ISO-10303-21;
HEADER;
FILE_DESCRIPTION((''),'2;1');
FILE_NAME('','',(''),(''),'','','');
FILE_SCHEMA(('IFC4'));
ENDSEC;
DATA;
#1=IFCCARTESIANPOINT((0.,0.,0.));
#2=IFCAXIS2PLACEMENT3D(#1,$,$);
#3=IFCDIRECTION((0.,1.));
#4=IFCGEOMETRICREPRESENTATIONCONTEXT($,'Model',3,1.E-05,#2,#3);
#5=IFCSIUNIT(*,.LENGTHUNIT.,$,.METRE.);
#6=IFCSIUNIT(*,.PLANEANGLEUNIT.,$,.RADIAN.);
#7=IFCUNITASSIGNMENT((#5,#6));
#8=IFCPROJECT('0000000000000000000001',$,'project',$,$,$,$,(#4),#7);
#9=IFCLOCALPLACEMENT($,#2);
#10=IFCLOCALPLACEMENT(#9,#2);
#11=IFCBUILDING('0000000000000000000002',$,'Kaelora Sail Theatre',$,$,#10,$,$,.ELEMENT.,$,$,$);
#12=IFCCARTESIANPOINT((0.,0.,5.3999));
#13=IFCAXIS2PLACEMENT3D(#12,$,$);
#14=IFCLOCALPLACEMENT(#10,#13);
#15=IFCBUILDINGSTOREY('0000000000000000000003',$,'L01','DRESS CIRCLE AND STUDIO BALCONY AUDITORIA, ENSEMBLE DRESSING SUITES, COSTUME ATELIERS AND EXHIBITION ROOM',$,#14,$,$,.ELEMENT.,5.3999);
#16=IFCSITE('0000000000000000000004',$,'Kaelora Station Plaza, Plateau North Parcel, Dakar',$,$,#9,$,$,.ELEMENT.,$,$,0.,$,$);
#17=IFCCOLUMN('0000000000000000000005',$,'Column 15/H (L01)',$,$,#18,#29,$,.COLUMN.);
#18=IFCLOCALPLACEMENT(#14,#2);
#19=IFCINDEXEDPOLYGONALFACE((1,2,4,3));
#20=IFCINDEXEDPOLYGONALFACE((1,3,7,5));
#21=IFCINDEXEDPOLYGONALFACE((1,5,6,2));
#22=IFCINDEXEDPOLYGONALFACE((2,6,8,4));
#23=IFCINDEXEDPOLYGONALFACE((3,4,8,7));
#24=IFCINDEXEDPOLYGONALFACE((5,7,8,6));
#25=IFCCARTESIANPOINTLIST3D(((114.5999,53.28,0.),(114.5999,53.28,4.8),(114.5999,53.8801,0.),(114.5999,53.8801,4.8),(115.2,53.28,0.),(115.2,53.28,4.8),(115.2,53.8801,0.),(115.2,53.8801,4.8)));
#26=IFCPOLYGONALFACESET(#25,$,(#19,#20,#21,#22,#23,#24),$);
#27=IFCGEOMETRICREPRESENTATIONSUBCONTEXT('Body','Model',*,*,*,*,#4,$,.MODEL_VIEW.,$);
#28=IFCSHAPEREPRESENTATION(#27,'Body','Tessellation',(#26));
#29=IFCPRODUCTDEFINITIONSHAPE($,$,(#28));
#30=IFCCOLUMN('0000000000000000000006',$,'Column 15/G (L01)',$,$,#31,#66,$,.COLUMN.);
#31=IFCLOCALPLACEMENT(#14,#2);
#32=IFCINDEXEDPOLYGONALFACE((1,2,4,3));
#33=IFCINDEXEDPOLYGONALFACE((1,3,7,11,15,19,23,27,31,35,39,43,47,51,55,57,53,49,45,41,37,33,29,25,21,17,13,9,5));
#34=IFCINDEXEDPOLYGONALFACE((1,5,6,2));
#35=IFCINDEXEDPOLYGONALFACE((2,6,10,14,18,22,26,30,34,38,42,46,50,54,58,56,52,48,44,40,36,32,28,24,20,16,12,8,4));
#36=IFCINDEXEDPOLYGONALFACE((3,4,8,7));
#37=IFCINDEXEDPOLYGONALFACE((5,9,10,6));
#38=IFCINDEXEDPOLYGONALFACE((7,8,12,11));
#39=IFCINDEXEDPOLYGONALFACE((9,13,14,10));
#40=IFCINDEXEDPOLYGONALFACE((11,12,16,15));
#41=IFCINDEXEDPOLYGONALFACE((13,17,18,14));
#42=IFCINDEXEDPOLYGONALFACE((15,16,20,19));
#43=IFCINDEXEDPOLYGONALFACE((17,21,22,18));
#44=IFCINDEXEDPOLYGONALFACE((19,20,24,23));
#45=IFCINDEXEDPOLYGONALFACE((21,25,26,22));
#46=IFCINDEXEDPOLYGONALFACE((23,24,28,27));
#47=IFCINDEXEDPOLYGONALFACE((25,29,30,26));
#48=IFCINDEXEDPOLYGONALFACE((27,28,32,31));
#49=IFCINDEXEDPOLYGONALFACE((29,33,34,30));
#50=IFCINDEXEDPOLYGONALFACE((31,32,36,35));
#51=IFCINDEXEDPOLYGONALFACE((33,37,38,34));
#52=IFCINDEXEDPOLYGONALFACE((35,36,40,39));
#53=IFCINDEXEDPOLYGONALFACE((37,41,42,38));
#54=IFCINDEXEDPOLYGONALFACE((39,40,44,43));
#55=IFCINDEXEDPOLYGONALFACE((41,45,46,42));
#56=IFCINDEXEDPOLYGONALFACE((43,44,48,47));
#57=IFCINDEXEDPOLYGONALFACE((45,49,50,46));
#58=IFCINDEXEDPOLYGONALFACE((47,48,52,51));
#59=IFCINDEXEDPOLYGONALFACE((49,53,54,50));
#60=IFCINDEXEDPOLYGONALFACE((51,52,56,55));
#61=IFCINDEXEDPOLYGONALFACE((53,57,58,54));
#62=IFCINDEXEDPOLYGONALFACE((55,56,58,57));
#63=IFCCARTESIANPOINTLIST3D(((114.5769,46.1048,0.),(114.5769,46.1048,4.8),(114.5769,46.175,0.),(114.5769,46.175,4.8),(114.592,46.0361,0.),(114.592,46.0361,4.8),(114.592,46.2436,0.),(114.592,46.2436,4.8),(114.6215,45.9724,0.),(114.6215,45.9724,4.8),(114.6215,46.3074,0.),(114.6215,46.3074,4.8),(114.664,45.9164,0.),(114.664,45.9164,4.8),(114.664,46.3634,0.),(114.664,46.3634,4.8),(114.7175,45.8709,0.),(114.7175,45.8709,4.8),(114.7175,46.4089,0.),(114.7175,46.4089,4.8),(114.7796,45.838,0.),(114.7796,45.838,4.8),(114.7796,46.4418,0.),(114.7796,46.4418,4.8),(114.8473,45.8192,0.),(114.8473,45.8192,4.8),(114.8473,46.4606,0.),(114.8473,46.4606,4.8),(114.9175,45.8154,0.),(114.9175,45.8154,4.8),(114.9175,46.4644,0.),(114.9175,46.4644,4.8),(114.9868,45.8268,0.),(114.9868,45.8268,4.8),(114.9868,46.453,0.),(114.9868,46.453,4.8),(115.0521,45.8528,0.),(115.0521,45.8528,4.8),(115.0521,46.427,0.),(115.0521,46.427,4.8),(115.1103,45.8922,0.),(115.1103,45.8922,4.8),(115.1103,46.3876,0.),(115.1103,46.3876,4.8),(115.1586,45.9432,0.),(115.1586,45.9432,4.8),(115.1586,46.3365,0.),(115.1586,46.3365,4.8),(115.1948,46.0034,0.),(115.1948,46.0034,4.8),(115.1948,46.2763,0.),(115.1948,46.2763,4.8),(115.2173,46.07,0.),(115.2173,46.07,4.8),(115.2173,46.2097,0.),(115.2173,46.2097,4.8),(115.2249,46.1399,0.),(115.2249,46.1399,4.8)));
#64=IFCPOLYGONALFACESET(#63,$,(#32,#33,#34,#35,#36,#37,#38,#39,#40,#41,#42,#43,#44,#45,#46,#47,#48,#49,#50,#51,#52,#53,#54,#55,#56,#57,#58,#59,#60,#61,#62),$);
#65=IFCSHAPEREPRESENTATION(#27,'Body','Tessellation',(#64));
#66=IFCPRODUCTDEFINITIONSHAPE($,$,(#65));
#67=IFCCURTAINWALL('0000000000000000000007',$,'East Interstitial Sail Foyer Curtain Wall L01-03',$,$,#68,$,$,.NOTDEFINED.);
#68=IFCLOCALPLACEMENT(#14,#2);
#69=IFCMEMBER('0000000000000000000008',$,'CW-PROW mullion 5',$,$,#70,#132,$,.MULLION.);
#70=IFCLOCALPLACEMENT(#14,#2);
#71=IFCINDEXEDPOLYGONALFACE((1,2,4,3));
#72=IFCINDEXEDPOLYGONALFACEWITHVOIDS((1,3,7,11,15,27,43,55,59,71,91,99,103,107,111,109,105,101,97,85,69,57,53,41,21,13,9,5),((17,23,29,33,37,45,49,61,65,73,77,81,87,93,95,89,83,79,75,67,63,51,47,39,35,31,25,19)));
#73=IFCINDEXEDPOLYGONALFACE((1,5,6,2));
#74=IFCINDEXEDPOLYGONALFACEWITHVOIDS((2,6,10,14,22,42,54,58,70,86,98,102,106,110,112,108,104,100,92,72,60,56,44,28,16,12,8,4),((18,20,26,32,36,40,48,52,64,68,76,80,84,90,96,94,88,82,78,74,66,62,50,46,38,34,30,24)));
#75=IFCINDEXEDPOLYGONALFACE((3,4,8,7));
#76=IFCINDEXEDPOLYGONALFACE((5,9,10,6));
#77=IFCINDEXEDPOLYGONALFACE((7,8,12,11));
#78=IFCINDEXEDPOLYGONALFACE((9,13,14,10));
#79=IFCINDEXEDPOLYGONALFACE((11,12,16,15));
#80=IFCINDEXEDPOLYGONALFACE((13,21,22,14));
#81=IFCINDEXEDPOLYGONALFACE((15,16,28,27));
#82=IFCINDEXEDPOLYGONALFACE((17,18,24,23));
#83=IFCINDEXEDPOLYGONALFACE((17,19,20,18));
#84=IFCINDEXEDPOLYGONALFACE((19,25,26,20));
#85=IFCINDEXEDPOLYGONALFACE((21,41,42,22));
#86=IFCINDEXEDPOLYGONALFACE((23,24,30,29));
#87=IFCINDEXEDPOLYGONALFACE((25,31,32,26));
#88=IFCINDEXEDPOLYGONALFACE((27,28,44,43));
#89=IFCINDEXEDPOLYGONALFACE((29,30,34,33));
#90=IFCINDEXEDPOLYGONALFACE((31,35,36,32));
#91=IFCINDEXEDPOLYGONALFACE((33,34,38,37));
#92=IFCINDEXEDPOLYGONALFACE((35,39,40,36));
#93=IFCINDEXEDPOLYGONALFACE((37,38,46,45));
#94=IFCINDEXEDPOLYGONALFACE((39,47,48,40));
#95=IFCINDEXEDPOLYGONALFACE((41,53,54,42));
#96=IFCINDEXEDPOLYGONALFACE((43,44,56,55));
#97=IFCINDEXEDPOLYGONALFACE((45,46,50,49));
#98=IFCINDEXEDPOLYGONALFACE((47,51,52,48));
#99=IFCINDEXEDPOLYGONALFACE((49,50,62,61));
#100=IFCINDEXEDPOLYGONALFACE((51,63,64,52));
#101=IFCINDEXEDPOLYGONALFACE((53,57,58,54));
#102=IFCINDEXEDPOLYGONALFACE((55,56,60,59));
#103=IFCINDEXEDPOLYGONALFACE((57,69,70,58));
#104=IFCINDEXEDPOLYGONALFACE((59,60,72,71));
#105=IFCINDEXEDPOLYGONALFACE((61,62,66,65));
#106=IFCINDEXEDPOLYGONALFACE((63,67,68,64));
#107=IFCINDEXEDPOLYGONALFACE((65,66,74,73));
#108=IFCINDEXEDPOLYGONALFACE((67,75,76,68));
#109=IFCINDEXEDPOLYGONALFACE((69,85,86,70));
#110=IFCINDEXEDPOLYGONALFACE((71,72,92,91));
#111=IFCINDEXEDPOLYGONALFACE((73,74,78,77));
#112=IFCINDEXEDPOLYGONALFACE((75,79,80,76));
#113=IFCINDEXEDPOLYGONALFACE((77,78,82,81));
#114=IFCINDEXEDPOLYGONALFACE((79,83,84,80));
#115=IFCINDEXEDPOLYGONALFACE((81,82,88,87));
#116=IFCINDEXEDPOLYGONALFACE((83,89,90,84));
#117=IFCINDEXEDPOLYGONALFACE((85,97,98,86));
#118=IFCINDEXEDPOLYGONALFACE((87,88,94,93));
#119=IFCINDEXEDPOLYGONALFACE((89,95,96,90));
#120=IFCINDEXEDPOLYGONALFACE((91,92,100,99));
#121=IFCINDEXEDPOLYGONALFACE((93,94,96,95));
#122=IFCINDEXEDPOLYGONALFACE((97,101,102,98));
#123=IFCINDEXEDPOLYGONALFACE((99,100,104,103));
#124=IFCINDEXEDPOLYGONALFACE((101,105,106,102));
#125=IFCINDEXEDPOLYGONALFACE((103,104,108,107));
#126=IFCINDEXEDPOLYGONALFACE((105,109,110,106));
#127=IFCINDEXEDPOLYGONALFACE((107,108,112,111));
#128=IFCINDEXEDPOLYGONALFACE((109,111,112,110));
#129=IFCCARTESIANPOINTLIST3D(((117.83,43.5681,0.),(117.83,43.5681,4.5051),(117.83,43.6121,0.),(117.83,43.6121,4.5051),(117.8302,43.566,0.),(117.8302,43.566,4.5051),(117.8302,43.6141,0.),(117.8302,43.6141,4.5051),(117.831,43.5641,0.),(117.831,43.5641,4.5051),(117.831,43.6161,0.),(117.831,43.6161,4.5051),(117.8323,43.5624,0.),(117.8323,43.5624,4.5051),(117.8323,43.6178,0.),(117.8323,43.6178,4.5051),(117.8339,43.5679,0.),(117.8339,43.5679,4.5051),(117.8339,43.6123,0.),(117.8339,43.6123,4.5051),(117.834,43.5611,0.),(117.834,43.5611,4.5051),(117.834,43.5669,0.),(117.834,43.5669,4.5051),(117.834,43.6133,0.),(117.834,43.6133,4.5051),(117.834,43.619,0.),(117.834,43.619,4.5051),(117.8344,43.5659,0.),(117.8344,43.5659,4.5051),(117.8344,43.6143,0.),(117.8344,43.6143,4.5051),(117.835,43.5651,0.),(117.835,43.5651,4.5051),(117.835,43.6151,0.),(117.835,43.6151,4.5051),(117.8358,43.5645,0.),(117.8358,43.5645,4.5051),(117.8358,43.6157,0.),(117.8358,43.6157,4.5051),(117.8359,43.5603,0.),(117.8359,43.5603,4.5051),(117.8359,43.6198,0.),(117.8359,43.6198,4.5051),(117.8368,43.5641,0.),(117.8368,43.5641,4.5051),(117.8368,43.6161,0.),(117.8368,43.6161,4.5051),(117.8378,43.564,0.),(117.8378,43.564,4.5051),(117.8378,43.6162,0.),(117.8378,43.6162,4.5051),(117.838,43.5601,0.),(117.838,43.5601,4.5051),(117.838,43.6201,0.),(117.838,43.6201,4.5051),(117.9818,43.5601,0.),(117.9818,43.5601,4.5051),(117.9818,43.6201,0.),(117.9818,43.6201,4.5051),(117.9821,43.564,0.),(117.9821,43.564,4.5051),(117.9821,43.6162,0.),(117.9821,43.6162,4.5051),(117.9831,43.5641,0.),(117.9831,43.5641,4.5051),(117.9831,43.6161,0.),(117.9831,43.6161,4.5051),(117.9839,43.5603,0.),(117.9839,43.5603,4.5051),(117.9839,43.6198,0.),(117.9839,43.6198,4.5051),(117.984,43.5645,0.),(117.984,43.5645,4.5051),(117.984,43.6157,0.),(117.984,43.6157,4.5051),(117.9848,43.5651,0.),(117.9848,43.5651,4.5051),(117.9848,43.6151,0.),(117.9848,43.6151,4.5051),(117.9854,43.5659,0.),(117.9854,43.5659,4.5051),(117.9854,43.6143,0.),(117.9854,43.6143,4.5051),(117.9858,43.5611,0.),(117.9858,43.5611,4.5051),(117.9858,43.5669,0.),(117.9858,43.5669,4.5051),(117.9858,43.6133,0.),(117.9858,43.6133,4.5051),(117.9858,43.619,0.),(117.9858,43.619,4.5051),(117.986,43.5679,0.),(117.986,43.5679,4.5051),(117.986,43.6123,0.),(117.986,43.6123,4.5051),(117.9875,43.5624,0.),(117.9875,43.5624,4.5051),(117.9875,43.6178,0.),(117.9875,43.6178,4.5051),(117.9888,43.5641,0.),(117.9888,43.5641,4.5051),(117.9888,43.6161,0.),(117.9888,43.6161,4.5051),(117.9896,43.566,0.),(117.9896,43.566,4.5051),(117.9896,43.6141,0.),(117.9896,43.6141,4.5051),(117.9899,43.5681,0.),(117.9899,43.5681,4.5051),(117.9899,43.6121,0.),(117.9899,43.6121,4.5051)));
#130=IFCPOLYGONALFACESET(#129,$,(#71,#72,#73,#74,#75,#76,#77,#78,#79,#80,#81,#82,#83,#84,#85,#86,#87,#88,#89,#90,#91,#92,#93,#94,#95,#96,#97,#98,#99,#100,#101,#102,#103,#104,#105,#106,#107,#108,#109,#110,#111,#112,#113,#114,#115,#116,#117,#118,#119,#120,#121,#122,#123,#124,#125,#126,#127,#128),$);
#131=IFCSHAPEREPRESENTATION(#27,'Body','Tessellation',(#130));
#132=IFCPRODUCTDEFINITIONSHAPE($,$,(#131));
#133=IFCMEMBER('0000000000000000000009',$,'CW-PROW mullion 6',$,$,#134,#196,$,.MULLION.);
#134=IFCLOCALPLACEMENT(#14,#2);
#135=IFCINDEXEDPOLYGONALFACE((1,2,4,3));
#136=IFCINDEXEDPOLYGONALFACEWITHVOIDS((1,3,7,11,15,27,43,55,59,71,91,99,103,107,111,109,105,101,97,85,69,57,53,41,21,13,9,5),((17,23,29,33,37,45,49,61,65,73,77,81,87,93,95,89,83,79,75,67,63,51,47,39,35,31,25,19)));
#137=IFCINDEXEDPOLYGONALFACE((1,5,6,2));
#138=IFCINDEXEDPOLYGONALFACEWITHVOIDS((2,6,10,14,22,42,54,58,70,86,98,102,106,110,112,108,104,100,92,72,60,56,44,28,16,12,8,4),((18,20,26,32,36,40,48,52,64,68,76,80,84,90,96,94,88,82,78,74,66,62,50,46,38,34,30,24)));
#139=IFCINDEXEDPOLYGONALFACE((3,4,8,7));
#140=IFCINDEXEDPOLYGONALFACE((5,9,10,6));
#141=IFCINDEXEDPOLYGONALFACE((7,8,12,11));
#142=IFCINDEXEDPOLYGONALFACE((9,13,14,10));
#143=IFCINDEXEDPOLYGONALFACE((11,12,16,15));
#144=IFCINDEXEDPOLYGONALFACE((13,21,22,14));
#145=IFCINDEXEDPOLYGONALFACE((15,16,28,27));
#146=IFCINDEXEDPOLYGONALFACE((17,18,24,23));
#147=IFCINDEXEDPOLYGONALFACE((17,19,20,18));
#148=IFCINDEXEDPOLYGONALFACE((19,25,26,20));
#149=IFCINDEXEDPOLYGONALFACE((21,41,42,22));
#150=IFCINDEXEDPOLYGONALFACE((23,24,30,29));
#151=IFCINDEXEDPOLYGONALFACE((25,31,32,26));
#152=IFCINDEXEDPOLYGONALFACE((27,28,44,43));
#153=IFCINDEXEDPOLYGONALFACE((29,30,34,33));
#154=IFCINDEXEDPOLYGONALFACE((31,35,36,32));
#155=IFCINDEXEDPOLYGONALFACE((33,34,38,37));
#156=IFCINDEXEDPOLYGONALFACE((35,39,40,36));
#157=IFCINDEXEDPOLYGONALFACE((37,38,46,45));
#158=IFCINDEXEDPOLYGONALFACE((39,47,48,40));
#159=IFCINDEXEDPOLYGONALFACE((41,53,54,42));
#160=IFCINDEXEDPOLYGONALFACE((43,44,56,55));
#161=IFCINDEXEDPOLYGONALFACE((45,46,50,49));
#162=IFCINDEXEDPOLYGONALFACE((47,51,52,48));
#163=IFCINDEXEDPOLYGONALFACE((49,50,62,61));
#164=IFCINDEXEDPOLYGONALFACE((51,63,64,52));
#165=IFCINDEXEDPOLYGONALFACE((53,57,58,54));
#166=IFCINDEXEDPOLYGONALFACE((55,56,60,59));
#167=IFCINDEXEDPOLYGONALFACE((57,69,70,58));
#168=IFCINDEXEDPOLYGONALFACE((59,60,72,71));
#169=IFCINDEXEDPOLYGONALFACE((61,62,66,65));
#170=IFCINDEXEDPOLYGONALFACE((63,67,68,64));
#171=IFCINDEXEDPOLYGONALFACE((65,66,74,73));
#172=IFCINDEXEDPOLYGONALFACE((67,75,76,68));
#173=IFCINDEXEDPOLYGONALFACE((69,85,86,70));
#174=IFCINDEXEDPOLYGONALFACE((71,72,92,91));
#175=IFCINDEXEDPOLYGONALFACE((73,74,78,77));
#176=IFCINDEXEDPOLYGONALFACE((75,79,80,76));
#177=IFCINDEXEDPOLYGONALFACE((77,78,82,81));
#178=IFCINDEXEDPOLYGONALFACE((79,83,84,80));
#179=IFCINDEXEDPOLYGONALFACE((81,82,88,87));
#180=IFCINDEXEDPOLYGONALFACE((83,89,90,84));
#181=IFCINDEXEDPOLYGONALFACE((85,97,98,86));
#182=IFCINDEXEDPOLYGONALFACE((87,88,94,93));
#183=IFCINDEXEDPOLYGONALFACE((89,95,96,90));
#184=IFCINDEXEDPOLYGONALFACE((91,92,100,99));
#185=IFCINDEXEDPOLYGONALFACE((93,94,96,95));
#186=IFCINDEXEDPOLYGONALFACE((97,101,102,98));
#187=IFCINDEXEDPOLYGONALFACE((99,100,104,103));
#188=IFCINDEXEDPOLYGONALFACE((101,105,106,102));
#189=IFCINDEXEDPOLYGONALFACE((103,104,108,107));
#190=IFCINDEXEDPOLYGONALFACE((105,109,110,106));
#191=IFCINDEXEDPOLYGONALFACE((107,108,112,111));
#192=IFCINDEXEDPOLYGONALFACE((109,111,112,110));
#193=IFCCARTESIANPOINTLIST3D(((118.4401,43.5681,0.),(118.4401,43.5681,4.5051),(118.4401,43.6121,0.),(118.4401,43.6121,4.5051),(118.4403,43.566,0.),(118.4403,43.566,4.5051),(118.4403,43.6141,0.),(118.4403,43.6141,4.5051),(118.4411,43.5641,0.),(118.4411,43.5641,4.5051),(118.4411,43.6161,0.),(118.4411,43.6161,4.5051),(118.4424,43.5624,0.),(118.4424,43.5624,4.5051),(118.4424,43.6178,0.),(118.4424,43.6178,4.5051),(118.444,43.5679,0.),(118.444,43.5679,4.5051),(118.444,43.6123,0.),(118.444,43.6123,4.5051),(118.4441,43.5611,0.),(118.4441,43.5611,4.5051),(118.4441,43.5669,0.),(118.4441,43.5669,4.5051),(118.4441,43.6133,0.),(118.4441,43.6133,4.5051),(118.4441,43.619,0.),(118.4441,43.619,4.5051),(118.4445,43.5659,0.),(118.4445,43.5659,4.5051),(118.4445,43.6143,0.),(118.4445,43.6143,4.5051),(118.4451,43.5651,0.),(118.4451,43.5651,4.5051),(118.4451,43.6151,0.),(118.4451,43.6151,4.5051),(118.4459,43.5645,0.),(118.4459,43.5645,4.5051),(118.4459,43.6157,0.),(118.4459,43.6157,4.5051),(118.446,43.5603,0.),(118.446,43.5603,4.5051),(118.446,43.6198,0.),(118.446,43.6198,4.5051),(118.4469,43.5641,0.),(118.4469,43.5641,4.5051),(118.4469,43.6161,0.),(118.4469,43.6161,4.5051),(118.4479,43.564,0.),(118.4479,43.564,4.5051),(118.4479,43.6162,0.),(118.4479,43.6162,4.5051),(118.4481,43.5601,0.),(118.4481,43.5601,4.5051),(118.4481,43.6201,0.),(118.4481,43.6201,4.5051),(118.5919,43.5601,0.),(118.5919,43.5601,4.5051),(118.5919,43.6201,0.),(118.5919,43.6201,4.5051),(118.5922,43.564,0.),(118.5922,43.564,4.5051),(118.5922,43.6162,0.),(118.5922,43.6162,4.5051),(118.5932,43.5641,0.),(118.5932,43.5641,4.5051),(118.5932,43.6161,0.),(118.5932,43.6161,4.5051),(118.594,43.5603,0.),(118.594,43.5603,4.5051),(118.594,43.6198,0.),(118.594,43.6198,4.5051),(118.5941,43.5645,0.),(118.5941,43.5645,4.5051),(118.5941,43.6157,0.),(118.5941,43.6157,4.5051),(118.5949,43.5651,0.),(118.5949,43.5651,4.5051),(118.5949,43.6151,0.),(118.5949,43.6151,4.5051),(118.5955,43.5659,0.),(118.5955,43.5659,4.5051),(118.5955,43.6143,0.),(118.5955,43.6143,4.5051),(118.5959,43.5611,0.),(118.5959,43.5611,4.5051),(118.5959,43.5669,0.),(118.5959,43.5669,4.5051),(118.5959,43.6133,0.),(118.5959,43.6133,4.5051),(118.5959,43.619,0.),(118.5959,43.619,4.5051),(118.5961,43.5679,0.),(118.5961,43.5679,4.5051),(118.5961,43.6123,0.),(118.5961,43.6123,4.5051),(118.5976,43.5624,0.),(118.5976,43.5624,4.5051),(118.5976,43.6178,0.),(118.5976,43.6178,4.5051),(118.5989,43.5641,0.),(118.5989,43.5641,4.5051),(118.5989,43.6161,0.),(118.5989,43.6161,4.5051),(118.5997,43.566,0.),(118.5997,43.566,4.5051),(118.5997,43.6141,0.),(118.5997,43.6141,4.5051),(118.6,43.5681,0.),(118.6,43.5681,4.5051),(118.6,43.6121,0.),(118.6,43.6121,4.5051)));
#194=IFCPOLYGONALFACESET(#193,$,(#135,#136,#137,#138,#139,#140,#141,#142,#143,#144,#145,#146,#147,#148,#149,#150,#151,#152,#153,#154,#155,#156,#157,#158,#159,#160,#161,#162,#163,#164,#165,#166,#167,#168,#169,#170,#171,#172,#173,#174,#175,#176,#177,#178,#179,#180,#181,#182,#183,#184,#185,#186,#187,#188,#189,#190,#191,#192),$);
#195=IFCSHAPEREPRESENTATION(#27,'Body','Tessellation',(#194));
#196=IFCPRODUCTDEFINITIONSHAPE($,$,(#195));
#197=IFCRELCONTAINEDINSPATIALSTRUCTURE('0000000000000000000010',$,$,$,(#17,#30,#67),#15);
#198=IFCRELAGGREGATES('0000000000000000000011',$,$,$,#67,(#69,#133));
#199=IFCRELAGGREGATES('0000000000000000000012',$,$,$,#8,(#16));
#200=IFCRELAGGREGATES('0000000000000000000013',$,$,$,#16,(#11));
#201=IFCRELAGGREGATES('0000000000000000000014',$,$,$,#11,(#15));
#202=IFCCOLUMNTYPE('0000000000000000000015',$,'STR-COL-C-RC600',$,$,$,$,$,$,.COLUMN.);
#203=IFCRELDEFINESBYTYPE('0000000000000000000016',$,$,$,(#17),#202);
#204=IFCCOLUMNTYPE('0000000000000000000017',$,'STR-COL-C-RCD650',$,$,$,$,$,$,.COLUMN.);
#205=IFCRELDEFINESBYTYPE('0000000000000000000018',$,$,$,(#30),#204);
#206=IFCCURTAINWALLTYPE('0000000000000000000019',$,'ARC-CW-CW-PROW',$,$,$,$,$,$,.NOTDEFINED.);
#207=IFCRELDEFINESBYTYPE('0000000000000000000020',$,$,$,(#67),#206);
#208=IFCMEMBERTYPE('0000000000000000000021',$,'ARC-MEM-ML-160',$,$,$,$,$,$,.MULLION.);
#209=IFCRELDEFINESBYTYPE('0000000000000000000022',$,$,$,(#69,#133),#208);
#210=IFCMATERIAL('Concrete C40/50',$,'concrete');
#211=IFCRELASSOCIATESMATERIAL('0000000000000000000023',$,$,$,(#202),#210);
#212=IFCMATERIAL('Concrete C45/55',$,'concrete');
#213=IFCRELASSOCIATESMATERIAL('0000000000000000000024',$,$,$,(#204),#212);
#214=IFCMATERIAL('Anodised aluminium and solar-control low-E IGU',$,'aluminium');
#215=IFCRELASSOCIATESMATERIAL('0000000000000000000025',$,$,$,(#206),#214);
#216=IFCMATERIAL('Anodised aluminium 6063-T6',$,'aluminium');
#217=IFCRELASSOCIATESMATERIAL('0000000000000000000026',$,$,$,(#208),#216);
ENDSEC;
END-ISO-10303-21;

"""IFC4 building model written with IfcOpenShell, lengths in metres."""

from ifc_helpers import new_model, si_unit, direction, frame, origin, origin_2d, place, context, subcontext, project, spatial, rectangle, hollow_rectangle, circle, extrude, material, material_profile, profile_set, type_object, element, aggregate, save


model = new_model("IFC4")

# Units and contexts
model_context = context("Model", 3, precision=1e-05, world=origin(), true_north=direction((0.0, 1.0)))
body_context = subcontext(model_context, "Body", "Model", "MODEL_VIEW")
ifc_project = project(units=[si_unit("LENGTHUNIT", "METRE"), si_unit("PLANEANGLEUNIT", "RADIAN")], contexts=[model_context])

# Site, building, storey
site_placement = place(None, origin())
site = spatial("IfcSite", under=ifc_project, at=site_placement, Name="Kaelora Station Plaza, Plateau North Parcel, Dakar", CompositionType="ELEMENT", RefElevation=0.0)
building_placement = place(site_placement, origin())
building = spatial("IfcBuilding", under=site, at=building_placement, Name="Kaelora Sail Theatre", CompositionType="ELEMENT")
storey_placement = place(building_placement, frame((0.0, 0.0, 5.3999)))
storey = spatial("IfcBuildingStorey", under=building, at=storey_placement, Name="L01", Description="DRESS CIRCLE AND STUDIO BALCONY AUDITORIA, ENSEMBLE DRESSING SUITES, COSTUME ATELIERS AND EXHIBITION ROOM", CompositionType="ELEMENT", Elevation=5.3999)

# Columns
ifc_material_1 = material(Name="Concrete C40/50", Category="concrete")
ifc_material_profile_1 = material_profile(ifc_material_1, rectangle(XDim=0.6001, YDim=0.6001, at=origin_2d()), Name="RC-COL 600x600")
ifc_profile_set_1 = profile_set([ifc_material_profile_1], Name="Concrete C40/50")
column_type_1 = type_object("IfcColumnType", Name="STR-COL-C-RC600", PredefinedType="COLUMN", material=ifc_profile_set_1)
column_1_placement = place(storey_placement, frame((114.8999, 53.5801, 0.0), z_axis=(0.0, 0.0, 1.0), x_axis=(1.0, 0.0, 0.0)))
element("IfcColumn", 1, at=column_1_placement, inside=storey, type_object=column_type_1, Name="Column 15/H (L01)", PredefinedType="COLUMN", context=body_context, shape_type="SweptSolid", body=[
    extrude(rectangle(XDim=0.6001, YDim=0.6001, at=origin_2d()), origin(), (0.0, 0.0, 1.0), 4.8),
])
ifc_material_2 = material(Name="Concrete C45/55", Category="concrete")
ifc_material_profile_2 = material_profile(ifc_material_2, circle(Radius=0.325, at=origin_2d()), Name="RC-CCOL D650")
ifc_profile_set_2 = profile_set([ifc_material_profile_2], Name="Concrete C45/55")
column_type_2 = type_object("IfcColumnType", Name="STR-COL-C-RCD650", PredefinedType="COLUMN", material=ifc_profile_set_2)
column_2_placement = place(storey_placement, frame((114.8999, 46.1399, 0.0), z_axis=(0.0, 0.0, 1.0), x_axis=(1.0, 0.0, 0.0)))
element("IfcColumn", 2, at=column_2_placement, inside=storey, type_object=column_type_2, Name="Column 15/G (L01)", PredefinedType="COLUMN", context=body_context, shape_type="SweptSolid", body=[
    extrude(circle(Radius=0.325, at=origin_2d()), origin(), (0.0, 0.0, 1.0), 4.8),
])

# Curtain wall, members
ifc_material_3 = material(Name="Anodised aluminium and solar-control low-E IGU", Category="aluminium")
curtain_wall_type = type_object("IfcCurtainWallType", Name="ARC-CW-CW-PROW", PredefinedType="NOTDEFINED", material=ifc_material_3)
curtain_wall_placement = place(storey_placement, origin())
curtain_wall = element("IfcCurtainWall", 3, at=curtain_wall_placement, inside=storey, type_object=curtain_wall_type, Name="East Interstitial Sail Foyer Curtain Wall L01-03", PredefinedType="NOTDEFINED")
ifc_material_4 = material(Name="Anodised aluminium 6063-T6", Category="aluminium")
ifc_material_profile_3 = material_profile(ifc_material_4, hollow_rectangle(XDim=0.0601, YDim=0.1599, WallThickness=0.0039, InnerFilletRadius=0.0039, OuterFilletRadius=0.0081, at=origin_2d()), Name="ALU-MULL 60x160x4")
ifc_profile_set_3 = profile_set([ifc_material_profile_3], Name="Anodised aluminium 6063-T6")
member_type_1 = type_object("IfcMemberType", Name="ARC-MEM-ML-160", PredefinedType="MULLION", material=ifc_profile_set_3)
member_1_placement = place(storey_placement, frame((117.9099, 43.5901, 0.0), z_axis=(0.0, 0.0, 1.0), x_axis=(0.0, 1.0, 0.0)))
member_1 = element("IfcMember", 4, at=member_1_placement, type_object=member_type_1, Name="CW-PROW mullion 5", PredefinedType="MULLION", context=body_context, shape_type="SweptSolid", body=[
    extrude(hollow_rectangle(XDim=0.0601, YDim=0.1599, WallThickness=0.0039, InnerFilletRadius=0.0039, OuterFilletRadius=0.0081, at=origin_2d()), origin(), (0.0, 0.0, 1.0), 4.5051),
])
member_2_placement = place(storey_placement, frame((118.52, 43.5901, 0.0), z_axis=(0.0, 0.0, 1.0), x_axis=(0.0, 1.0, 0.0)))
member_2 = element("IfcMember", 5, at=member_2_placement, type_object=member_type_1, Name="CW-PROW mullion 6", PredefinedType="MULLION", context=body_context, shape_type="SweptSolid", body=[
    extrude(hollow_rectangle(XDim=0.0601, YDim=0.1599, WallThickness=0.0039, InnerFilletRadius=0.0039, OuterFilletRadius=0.0081, at=origin_2d()), origin(), (0.0, 0.0, 1.0), 4.5051),
])

aggregate(curtain_wall, [member_1, member_2])

save(model, "model.ifc")
